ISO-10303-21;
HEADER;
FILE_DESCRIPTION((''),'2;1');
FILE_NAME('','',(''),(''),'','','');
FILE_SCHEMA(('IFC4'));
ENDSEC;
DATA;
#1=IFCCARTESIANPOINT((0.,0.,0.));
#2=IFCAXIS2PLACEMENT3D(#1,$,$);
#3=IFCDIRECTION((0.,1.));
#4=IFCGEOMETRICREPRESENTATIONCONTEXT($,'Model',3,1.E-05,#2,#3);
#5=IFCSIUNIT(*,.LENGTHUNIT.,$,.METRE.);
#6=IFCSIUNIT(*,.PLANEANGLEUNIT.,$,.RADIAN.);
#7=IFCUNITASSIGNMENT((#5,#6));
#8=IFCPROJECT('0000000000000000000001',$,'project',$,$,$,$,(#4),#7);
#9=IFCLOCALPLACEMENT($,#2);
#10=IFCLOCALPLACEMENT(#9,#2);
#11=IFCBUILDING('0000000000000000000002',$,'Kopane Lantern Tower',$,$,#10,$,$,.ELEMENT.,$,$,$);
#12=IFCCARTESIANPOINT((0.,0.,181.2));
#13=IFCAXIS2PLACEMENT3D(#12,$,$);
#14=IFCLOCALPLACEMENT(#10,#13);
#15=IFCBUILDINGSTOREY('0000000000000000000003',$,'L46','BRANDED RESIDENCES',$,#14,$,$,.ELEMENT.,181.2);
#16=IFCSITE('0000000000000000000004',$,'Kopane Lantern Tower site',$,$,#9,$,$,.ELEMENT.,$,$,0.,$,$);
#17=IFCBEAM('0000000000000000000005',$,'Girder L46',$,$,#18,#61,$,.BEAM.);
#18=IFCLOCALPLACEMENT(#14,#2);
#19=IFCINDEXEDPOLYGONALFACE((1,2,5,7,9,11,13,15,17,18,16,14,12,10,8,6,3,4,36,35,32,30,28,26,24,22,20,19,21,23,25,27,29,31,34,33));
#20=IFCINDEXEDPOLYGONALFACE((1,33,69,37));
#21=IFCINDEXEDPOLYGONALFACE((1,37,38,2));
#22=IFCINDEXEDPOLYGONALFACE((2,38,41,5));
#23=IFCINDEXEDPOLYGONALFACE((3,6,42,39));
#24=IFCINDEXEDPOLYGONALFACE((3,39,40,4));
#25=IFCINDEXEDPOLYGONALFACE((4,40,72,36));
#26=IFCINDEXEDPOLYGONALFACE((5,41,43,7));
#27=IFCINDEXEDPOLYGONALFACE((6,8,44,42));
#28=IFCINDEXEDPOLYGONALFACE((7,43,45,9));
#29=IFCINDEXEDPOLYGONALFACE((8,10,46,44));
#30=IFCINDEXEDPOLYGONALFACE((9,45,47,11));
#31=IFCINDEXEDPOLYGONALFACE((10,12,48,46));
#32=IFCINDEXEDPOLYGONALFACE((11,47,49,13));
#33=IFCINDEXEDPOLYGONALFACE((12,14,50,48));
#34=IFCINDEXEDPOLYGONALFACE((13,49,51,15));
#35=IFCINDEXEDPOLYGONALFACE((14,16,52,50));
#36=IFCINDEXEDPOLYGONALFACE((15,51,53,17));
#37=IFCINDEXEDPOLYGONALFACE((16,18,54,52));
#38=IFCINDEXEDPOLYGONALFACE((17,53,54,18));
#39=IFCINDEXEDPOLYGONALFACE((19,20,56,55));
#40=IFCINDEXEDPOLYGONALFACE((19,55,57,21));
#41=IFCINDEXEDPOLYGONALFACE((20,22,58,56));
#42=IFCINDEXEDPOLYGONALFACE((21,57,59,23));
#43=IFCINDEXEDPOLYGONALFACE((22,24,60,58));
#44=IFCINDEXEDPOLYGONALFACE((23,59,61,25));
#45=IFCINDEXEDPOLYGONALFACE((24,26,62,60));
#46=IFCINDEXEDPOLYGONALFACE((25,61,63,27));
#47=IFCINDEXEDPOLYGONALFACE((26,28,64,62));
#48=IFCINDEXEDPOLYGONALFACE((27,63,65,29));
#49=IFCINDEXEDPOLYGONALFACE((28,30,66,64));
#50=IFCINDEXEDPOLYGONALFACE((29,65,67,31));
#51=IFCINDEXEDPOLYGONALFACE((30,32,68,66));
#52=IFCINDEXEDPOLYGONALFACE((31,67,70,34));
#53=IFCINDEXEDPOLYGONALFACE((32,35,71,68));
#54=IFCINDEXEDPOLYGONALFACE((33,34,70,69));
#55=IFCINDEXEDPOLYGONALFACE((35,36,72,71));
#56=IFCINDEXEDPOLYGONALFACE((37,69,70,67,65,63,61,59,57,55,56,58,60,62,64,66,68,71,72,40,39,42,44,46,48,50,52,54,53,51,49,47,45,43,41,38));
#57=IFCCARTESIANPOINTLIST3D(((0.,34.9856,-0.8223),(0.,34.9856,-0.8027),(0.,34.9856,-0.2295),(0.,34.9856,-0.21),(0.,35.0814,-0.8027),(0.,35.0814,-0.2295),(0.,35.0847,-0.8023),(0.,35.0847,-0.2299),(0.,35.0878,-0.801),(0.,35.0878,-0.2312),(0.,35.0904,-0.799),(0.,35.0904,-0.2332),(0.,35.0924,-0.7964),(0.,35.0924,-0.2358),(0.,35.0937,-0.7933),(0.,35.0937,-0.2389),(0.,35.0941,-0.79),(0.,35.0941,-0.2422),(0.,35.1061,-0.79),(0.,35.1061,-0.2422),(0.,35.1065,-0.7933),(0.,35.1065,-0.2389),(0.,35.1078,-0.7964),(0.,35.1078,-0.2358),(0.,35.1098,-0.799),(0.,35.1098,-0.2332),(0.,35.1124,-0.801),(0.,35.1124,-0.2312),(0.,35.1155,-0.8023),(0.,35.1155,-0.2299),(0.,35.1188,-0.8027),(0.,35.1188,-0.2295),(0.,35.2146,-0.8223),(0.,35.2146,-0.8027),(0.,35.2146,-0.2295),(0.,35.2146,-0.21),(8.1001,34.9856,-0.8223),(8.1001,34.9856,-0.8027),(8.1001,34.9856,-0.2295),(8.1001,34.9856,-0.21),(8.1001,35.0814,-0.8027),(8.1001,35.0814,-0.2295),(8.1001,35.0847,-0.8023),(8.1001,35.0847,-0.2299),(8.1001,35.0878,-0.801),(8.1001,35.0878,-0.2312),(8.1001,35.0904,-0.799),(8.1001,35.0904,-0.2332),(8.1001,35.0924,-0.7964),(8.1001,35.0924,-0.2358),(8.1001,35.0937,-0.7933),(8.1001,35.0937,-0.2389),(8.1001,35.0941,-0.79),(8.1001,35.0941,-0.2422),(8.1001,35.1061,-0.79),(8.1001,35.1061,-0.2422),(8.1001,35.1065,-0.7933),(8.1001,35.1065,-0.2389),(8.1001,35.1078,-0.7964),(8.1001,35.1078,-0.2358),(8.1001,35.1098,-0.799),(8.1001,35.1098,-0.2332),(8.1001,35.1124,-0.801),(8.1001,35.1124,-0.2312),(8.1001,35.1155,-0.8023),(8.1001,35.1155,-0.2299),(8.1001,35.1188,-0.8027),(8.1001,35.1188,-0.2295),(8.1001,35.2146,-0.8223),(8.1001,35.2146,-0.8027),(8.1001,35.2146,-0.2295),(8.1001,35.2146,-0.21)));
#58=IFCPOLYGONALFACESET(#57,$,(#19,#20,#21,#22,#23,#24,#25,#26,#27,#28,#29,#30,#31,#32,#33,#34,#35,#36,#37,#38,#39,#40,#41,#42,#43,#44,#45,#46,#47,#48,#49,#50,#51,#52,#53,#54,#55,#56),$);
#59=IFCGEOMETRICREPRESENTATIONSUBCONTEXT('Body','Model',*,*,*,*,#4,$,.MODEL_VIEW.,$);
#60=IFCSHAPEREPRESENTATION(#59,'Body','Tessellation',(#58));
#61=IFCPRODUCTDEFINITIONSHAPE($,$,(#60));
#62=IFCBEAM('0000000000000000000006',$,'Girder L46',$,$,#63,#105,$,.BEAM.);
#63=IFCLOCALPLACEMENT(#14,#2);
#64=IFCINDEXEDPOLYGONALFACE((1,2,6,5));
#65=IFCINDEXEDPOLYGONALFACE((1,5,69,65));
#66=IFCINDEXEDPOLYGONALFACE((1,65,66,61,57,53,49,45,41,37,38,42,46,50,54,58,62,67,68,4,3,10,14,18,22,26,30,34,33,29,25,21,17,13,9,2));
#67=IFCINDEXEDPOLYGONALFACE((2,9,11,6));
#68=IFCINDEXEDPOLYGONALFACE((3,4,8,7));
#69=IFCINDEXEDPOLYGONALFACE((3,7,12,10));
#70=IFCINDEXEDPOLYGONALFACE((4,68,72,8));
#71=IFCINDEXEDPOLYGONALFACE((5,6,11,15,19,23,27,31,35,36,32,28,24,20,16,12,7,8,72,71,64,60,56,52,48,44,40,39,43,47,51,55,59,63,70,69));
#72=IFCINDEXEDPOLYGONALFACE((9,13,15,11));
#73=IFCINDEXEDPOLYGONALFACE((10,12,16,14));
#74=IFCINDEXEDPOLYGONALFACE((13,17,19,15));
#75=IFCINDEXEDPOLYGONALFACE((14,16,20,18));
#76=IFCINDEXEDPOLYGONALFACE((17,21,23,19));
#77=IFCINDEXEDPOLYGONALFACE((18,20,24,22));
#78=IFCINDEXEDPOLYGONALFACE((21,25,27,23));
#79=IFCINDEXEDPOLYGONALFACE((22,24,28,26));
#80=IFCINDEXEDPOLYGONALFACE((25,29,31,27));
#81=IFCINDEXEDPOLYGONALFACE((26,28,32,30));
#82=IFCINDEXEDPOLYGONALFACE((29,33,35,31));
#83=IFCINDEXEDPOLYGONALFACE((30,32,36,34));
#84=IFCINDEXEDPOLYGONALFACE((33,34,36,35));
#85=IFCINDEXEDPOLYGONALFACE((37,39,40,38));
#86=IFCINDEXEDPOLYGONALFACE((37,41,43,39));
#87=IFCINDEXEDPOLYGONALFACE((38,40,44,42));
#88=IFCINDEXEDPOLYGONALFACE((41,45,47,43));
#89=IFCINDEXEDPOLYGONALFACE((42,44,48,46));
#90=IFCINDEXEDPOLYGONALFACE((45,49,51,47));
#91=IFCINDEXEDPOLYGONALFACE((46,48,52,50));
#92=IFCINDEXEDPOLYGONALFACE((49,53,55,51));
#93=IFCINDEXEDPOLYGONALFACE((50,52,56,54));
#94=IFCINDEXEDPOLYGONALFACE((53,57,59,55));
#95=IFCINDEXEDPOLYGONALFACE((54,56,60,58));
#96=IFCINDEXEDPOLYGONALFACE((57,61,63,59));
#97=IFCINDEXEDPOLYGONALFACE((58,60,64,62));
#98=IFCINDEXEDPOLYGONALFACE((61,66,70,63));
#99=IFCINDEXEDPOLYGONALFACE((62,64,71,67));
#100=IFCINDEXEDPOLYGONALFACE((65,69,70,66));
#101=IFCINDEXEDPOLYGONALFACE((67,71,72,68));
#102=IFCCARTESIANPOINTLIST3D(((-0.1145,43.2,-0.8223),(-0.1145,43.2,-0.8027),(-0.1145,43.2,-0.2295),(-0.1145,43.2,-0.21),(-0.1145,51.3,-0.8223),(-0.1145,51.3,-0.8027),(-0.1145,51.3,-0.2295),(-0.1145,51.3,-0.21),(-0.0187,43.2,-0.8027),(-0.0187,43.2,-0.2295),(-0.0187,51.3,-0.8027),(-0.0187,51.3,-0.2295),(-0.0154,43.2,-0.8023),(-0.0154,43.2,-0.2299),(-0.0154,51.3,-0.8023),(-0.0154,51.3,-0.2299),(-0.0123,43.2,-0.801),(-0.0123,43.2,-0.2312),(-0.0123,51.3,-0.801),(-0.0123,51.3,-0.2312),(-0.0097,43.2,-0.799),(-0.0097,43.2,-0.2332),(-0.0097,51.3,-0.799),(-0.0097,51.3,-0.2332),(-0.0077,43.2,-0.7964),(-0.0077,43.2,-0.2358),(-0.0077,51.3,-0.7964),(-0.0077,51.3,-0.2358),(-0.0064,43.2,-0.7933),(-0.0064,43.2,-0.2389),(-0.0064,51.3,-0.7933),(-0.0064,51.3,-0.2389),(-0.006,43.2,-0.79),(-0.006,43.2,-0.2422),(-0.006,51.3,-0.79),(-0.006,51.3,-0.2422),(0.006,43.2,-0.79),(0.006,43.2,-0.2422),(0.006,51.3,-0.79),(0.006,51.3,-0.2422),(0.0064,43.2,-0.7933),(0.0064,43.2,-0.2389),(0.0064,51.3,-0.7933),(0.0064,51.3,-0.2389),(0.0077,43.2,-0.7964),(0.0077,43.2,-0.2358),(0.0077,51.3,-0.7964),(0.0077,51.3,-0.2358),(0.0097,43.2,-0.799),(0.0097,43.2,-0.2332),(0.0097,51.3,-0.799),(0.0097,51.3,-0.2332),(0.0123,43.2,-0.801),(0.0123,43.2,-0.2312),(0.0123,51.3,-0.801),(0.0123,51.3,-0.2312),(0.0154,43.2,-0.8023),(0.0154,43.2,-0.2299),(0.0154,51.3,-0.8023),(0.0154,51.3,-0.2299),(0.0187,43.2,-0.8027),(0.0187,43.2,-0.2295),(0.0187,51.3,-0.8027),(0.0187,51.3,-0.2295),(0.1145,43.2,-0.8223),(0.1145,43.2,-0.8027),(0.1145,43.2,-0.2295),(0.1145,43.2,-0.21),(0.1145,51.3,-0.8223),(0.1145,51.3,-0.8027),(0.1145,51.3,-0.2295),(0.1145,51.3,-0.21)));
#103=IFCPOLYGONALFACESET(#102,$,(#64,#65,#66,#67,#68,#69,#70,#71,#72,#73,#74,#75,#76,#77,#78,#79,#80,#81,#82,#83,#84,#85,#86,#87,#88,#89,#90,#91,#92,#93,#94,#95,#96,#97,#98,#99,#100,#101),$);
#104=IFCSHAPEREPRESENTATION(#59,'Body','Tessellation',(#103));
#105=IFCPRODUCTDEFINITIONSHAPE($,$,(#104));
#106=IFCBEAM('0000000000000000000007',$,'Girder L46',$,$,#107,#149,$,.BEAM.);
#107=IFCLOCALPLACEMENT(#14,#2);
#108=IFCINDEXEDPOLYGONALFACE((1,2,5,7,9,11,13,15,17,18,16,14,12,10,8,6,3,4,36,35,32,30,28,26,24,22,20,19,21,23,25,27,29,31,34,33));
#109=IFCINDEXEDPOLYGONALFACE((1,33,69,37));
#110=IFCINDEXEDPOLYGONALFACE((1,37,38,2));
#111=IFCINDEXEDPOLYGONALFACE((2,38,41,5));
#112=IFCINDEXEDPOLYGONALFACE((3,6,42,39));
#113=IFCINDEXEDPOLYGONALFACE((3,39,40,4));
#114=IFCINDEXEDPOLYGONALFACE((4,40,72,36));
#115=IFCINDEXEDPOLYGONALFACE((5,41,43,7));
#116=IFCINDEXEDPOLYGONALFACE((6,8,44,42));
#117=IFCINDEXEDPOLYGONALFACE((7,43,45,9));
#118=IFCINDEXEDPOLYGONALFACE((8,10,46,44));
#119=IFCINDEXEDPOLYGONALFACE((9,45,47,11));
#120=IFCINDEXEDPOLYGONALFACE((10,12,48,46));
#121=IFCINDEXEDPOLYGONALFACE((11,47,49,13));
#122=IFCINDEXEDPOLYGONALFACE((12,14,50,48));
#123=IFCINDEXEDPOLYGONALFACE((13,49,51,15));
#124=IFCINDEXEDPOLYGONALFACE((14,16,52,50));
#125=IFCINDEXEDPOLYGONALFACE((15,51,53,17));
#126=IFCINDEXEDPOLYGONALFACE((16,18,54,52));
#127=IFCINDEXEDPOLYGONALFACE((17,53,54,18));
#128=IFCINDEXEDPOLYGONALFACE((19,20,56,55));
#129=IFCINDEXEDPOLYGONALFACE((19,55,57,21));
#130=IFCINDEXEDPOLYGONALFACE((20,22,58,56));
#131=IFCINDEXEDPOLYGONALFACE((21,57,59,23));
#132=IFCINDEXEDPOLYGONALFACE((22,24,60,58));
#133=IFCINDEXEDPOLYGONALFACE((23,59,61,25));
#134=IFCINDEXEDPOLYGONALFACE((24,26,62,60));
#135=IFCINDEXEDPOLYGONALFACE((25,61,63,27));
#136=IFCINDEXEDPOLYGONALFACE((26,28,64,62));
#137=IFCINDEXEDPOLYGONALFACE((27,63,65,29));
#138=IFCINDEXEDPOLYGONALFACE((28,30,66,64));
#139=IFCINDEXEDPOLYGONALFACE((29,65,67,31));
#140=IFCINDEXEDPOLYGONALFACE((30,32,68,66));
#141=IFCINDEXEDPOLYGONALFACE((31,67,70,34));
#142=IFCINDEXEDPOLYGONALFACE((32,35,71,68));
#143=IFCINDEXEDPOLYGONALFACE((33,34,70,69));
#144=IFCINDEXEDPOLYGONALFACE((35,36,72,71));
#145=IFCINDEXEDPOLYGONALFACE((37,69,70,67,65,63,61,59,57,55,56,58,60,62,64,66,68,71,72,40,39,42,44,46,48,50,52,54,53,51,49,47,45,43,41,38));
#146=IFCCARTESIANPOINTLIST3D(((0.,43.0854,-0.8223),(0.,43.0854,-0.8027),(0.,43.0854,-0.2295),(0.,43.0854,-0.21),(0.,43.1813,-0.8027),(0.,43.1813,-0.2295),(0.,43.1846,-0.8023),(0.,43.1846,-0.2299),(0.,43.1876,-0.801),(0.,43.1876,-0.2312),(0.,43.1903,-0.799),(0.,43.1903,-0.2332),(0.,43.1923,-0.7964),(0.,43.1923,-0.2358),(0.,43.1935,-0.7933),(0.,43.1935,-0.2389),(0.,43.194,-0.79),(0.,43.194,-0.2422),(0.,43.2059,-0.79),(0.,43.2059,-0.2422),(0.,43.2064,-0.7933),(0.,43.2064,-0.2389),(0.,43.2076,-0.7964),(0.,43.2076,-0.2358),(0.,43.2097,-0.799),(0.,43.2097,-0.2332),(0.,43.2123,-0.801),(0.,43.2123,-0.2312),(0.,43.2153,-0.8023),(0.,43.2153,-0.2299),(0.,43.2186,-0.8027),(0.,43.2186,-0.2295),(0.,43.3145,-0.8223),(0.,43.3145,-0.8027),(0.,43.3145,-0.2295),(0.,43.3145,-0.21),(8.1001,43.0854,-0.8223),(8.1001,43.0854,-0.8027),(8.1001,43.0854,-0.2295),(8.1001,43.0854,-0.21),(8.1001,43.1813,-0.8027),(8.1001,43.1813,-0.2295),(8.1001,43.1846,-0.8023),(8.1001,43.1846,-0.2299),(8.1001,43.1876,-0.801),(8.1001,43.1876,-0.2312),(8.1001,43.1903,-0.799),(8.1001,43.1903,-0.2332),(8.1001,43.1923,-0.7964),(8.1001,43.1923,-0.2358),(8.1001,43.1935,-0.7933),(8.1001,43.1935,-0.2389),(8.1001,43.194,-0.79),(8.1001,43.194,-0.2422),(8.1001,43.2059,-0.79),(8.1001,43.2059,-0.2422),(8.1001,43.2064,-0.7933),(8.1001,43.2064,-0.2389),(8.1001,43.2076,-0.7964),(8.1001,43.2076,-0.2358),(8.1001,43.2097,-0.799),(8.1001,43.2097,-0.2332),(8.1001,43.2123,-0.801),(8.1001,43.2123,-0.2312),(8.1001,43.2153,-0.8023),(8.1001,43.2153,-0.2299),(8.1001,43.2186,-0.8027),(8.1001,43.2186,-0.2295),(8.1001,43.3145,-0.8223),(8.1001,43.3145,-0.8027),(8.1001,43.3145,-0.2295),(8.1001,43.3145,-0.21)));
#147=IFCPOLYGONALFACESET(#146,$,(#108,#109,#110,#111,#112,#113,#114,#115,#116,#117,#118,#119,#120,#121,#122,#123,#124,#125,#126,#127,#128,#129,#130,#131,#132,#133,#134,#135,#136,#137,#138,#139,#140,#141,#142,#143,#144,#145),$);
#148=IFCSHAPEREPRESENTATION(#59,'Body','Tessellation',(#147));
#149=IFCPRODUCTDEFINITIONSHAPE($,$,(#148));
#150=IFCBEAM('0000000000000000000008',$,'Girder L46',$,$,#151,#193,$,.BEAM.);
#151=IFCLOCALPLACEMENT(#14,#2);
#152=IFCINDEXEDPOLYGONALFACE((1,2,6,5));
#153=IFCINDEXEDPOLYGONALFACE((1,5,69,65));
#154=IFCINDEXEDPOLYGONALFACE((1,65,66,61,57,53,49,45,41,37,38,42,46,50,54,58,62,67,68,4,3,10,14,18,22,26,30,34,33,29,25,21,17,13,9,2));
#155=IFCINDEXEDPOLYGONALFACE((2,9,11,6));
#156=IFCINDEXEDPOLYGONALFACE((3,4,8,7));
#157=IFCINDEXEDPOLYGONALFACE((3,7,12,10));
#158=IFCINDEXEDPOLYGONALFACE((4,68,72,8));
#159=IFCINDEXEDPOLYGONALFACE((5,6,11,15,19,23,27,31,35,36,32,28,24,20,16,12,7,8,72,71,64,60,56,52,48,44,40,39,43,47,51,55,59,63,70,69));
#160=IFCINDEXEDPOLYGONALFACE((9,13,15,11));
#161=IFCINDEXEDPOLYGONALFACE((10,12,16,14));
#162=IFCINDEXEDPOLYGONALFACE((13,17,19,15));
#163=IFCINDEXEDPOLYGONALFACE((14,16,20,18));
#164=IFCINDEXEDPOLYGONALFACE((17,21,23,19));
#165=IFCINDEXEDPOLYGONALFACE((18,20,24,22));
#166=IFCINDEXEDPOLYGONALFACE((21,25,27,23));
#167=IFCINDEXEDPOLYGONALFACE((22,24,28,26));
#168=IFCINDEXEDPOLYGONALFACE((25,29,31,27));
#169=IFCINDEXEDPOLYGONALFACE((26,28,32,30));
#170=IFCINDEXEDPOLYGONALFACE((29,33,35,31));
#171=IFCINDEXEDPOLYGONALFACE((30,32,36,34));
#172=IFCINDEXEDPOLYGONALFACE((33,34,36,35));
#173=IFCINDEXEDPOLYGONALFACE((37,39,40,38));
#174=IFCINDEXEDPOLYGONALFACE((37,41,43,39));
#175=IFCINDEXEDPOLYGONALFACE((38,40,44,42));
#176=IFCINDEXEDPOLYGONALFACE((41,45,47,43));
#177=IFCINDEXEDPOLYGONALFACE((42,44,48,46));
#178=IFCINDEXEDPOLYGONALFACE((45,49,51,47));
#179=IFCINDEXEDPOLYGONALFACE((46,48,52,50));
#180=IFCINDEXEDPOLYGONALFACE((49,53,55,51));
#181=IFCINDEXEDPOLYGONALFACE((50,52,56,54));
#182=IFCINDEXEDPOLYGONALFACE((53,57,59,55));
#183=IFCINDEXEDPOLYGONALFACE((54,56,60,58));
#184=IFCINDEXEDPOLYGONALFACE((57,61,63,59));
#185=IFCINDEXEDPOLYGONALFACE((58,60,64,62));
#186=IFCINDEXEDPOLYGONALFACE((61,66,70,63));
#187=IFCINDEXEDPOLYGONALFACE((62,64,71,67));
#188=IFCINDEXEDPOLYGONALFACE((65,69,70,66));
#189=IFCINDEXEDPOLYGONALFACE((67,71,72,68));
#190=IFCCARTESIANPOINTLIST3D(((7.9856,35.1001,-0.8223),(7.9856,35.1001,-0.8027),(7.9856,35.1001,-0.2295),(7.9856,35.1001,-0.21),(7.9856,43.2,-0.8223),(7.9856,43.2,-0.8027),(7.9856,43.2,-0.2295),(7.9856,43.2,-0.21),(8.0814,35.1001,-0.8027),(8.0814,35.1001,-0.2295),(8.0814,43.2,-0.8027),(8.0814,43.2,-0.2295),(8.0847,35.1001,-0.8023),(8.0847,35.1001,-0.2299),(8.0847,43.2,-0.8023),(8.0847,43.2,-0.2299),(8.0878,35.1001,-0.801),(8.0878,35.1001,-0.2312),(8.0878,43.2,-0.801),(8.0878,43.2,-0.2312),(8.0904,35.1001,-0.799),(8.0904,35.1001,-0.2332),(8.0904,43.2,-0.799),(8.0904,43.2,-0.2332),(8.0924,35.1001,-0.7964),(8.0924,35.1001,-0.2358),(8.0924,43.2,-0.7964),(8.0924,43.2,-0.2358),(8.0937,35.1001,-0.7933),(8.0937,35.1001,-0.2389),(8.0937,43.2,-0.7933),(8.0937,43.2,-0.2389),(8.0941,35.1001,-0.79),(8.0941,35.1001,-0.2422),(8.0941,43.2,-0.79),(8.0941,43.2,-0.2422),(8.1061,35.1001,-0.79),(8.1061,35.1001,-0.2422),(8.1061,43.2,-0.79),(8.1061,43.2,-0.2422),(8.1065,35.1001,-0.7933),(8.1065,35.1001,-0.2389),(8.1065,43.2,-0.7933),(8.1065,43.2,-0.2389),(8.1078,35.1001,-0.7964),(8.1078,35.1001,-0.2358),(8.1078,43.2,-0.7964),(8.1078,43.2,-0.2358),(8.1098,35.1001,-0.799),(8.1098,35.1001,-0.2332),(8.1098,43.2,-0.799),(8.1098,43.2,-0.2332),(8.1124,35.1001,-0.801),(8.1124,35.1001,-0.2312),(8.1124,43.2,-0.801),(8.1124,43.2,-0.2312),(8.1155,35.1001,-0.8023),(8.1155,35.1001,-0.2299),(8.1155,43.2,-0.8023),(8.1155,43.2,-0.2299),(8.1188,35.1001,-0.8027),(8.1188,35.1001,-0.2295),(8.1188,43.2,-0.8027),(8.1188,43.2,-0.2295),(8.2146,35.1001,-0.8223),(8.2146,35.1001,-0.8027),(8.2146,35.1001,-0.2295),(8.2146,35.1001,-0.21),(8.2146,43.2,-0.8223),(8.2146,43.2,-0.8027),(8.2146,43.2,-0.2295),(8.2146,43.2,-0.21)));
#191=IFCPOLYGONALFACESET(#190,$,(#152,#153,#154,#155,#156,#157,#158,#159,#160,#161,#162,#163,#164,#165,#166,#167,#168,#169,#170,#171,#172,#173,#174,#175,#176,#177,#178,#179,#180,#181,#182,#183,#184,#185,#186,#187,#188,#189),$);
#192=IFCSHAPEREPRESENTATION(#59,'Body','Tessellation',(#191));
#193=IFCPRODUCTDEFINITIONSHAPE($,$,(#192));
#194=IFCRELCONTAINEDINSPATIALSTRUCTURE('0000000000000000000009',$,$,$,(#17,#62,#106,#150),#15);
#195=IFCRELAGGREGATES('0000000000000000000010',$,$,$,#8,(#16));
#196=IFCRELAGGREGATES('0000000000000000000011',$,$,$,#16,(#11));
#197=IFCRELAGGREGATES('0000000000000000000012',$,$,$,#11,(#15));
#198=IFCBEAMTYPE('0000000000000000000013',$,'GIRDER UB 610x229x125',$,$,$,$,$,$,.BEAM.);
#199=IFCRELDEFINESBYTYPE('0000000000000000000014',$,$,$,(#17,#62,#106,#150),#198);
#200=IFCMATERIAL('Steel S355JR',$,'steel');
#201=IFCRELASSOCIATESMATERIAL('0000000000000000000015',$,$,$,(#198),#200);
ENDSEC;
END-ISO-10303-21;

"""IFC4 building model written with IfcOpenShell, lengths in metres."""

from ifc_helpers import new_model, si_unit, direction, frame, origin, origin_2d, place, context, subcontext, project, spatial, i_section, extrude, material, material_profile, profile_set, type_object, element, save


model = new_model("IFC4")

# Units and contexts
model_context = context("Model", 3, precision=1e-05, world=origin(), true_north=direction((0.0, 1.0)))
body_context = subcontext(model_context, "Body", "Model", "MODEL_VIEW")
ifc_project = project(units=[si_unit("LENGTHUNIT", "METRE"), si_unit("PLANEANGLEUNIT", "RADIAN")], contexts=[model_context])

# Site, building, storey
site_placement = place(None, origin())
site = spatial("IfcSite", under=ifc_project, at=site_placement, Name="Kopane Lantern Tower site", CompositionType="ELEMENT", RefElevation=0.0)
building_placement = place(site_placement, origin())
building = spatial("IfcBuilding", under=site, at=building_placement, Name="Kopane Lantern Tower", CompositionType="ELEMENT")
storey_placement = place(building_placement, frame((0.0, 0.0, 181.2)))
storey = spatial("IfcBuildingStorey", under=building, at=storey_placement, Name="L46", Description="BRANDED RESIDENCES", CompositionType="ELEMENT", Elevation=181.2)

# Beams
ifc_material_1 = material(Name="Steel S355JR", Category="steel")
ifc_material_profile_1 = material_profile(ifc_material_1, i_section(OverallWidth=0.229, OverallDepth=0.6123, WebThickness=0.012, FlangeThickness=0.0195, FilletRadius=0.0127, at=origin_2d()), Name="UB 610x229x125")
ifc_profile_set_1 = profile_set([ifc_material_profile_1], Name="Steel S355JR")
beam_type = type_object("IfcBeamType", Name="GIRDER UB 610x229x125", PredefinedType="BEAM", material=ifc_profile_set_1)
for number, where, z_axis, x_axis, name in (
    (1, (0.0, 35.1001, -0.5161), (1.0, 0.0, 0.0), (0.0, 1.0, 0.0), "Girder L46"),
    (2, (0.0, 43.2, -0.5161), (0.0, 1.0, 0.0), (-1.0, 0.0, 0.0), "Girder L46"),
    (3, (0.0, 43.2, -0.5161), (1.0, 0.0, 0.0), (0.0, 1.0, 0.0), "Girder L46"),
):
    element("IfcBeam", number, at=place(storey_placement, frame(where, z_axis=z_axis, x_axis=x_axis)), inside=storey, type_object=beam_type, Name=name, PredefinedType="BEAM", context=body_context, shape_type="SweptSolid", body=[
        extrude(i_section(OverallWidth=0.229, OverallDepth=0.6123, WebThickness=0.012, FlangeThickness=0.0195, FilletRadius=0.0127, at=origin_2d()), origin(), (0.0, 0.0, 1.0), 8.1001),
    ])
for number, where, z_axis, x_axis, name in (
    (4, (8.1001, 35.1001, -0.5161), (0.0, 1.0, 0.0), (-1.0, 0.0, 0.0), "Girder L46"),
):
    element("IfcBeam", number, at=place(storey_placement, frame(where, z_axis=z_axis, x_axis=x_axis)), inside=storey, type_object=beam_type, Name=name, PredefinedType="BEAM", context=body_context, shape_type="SweptSolid", body=[
        extrude(i_section(OverallWidth=0.229, OverallDepth=0.6123, WebThickness=0.012, FlangeThickness=0.0195, FilletRadius=0.0127, at=origin_2d()), origin(), (0.0, 0.0, 1.0), 8.0999),
    ])

save(model, "model.ifc")
